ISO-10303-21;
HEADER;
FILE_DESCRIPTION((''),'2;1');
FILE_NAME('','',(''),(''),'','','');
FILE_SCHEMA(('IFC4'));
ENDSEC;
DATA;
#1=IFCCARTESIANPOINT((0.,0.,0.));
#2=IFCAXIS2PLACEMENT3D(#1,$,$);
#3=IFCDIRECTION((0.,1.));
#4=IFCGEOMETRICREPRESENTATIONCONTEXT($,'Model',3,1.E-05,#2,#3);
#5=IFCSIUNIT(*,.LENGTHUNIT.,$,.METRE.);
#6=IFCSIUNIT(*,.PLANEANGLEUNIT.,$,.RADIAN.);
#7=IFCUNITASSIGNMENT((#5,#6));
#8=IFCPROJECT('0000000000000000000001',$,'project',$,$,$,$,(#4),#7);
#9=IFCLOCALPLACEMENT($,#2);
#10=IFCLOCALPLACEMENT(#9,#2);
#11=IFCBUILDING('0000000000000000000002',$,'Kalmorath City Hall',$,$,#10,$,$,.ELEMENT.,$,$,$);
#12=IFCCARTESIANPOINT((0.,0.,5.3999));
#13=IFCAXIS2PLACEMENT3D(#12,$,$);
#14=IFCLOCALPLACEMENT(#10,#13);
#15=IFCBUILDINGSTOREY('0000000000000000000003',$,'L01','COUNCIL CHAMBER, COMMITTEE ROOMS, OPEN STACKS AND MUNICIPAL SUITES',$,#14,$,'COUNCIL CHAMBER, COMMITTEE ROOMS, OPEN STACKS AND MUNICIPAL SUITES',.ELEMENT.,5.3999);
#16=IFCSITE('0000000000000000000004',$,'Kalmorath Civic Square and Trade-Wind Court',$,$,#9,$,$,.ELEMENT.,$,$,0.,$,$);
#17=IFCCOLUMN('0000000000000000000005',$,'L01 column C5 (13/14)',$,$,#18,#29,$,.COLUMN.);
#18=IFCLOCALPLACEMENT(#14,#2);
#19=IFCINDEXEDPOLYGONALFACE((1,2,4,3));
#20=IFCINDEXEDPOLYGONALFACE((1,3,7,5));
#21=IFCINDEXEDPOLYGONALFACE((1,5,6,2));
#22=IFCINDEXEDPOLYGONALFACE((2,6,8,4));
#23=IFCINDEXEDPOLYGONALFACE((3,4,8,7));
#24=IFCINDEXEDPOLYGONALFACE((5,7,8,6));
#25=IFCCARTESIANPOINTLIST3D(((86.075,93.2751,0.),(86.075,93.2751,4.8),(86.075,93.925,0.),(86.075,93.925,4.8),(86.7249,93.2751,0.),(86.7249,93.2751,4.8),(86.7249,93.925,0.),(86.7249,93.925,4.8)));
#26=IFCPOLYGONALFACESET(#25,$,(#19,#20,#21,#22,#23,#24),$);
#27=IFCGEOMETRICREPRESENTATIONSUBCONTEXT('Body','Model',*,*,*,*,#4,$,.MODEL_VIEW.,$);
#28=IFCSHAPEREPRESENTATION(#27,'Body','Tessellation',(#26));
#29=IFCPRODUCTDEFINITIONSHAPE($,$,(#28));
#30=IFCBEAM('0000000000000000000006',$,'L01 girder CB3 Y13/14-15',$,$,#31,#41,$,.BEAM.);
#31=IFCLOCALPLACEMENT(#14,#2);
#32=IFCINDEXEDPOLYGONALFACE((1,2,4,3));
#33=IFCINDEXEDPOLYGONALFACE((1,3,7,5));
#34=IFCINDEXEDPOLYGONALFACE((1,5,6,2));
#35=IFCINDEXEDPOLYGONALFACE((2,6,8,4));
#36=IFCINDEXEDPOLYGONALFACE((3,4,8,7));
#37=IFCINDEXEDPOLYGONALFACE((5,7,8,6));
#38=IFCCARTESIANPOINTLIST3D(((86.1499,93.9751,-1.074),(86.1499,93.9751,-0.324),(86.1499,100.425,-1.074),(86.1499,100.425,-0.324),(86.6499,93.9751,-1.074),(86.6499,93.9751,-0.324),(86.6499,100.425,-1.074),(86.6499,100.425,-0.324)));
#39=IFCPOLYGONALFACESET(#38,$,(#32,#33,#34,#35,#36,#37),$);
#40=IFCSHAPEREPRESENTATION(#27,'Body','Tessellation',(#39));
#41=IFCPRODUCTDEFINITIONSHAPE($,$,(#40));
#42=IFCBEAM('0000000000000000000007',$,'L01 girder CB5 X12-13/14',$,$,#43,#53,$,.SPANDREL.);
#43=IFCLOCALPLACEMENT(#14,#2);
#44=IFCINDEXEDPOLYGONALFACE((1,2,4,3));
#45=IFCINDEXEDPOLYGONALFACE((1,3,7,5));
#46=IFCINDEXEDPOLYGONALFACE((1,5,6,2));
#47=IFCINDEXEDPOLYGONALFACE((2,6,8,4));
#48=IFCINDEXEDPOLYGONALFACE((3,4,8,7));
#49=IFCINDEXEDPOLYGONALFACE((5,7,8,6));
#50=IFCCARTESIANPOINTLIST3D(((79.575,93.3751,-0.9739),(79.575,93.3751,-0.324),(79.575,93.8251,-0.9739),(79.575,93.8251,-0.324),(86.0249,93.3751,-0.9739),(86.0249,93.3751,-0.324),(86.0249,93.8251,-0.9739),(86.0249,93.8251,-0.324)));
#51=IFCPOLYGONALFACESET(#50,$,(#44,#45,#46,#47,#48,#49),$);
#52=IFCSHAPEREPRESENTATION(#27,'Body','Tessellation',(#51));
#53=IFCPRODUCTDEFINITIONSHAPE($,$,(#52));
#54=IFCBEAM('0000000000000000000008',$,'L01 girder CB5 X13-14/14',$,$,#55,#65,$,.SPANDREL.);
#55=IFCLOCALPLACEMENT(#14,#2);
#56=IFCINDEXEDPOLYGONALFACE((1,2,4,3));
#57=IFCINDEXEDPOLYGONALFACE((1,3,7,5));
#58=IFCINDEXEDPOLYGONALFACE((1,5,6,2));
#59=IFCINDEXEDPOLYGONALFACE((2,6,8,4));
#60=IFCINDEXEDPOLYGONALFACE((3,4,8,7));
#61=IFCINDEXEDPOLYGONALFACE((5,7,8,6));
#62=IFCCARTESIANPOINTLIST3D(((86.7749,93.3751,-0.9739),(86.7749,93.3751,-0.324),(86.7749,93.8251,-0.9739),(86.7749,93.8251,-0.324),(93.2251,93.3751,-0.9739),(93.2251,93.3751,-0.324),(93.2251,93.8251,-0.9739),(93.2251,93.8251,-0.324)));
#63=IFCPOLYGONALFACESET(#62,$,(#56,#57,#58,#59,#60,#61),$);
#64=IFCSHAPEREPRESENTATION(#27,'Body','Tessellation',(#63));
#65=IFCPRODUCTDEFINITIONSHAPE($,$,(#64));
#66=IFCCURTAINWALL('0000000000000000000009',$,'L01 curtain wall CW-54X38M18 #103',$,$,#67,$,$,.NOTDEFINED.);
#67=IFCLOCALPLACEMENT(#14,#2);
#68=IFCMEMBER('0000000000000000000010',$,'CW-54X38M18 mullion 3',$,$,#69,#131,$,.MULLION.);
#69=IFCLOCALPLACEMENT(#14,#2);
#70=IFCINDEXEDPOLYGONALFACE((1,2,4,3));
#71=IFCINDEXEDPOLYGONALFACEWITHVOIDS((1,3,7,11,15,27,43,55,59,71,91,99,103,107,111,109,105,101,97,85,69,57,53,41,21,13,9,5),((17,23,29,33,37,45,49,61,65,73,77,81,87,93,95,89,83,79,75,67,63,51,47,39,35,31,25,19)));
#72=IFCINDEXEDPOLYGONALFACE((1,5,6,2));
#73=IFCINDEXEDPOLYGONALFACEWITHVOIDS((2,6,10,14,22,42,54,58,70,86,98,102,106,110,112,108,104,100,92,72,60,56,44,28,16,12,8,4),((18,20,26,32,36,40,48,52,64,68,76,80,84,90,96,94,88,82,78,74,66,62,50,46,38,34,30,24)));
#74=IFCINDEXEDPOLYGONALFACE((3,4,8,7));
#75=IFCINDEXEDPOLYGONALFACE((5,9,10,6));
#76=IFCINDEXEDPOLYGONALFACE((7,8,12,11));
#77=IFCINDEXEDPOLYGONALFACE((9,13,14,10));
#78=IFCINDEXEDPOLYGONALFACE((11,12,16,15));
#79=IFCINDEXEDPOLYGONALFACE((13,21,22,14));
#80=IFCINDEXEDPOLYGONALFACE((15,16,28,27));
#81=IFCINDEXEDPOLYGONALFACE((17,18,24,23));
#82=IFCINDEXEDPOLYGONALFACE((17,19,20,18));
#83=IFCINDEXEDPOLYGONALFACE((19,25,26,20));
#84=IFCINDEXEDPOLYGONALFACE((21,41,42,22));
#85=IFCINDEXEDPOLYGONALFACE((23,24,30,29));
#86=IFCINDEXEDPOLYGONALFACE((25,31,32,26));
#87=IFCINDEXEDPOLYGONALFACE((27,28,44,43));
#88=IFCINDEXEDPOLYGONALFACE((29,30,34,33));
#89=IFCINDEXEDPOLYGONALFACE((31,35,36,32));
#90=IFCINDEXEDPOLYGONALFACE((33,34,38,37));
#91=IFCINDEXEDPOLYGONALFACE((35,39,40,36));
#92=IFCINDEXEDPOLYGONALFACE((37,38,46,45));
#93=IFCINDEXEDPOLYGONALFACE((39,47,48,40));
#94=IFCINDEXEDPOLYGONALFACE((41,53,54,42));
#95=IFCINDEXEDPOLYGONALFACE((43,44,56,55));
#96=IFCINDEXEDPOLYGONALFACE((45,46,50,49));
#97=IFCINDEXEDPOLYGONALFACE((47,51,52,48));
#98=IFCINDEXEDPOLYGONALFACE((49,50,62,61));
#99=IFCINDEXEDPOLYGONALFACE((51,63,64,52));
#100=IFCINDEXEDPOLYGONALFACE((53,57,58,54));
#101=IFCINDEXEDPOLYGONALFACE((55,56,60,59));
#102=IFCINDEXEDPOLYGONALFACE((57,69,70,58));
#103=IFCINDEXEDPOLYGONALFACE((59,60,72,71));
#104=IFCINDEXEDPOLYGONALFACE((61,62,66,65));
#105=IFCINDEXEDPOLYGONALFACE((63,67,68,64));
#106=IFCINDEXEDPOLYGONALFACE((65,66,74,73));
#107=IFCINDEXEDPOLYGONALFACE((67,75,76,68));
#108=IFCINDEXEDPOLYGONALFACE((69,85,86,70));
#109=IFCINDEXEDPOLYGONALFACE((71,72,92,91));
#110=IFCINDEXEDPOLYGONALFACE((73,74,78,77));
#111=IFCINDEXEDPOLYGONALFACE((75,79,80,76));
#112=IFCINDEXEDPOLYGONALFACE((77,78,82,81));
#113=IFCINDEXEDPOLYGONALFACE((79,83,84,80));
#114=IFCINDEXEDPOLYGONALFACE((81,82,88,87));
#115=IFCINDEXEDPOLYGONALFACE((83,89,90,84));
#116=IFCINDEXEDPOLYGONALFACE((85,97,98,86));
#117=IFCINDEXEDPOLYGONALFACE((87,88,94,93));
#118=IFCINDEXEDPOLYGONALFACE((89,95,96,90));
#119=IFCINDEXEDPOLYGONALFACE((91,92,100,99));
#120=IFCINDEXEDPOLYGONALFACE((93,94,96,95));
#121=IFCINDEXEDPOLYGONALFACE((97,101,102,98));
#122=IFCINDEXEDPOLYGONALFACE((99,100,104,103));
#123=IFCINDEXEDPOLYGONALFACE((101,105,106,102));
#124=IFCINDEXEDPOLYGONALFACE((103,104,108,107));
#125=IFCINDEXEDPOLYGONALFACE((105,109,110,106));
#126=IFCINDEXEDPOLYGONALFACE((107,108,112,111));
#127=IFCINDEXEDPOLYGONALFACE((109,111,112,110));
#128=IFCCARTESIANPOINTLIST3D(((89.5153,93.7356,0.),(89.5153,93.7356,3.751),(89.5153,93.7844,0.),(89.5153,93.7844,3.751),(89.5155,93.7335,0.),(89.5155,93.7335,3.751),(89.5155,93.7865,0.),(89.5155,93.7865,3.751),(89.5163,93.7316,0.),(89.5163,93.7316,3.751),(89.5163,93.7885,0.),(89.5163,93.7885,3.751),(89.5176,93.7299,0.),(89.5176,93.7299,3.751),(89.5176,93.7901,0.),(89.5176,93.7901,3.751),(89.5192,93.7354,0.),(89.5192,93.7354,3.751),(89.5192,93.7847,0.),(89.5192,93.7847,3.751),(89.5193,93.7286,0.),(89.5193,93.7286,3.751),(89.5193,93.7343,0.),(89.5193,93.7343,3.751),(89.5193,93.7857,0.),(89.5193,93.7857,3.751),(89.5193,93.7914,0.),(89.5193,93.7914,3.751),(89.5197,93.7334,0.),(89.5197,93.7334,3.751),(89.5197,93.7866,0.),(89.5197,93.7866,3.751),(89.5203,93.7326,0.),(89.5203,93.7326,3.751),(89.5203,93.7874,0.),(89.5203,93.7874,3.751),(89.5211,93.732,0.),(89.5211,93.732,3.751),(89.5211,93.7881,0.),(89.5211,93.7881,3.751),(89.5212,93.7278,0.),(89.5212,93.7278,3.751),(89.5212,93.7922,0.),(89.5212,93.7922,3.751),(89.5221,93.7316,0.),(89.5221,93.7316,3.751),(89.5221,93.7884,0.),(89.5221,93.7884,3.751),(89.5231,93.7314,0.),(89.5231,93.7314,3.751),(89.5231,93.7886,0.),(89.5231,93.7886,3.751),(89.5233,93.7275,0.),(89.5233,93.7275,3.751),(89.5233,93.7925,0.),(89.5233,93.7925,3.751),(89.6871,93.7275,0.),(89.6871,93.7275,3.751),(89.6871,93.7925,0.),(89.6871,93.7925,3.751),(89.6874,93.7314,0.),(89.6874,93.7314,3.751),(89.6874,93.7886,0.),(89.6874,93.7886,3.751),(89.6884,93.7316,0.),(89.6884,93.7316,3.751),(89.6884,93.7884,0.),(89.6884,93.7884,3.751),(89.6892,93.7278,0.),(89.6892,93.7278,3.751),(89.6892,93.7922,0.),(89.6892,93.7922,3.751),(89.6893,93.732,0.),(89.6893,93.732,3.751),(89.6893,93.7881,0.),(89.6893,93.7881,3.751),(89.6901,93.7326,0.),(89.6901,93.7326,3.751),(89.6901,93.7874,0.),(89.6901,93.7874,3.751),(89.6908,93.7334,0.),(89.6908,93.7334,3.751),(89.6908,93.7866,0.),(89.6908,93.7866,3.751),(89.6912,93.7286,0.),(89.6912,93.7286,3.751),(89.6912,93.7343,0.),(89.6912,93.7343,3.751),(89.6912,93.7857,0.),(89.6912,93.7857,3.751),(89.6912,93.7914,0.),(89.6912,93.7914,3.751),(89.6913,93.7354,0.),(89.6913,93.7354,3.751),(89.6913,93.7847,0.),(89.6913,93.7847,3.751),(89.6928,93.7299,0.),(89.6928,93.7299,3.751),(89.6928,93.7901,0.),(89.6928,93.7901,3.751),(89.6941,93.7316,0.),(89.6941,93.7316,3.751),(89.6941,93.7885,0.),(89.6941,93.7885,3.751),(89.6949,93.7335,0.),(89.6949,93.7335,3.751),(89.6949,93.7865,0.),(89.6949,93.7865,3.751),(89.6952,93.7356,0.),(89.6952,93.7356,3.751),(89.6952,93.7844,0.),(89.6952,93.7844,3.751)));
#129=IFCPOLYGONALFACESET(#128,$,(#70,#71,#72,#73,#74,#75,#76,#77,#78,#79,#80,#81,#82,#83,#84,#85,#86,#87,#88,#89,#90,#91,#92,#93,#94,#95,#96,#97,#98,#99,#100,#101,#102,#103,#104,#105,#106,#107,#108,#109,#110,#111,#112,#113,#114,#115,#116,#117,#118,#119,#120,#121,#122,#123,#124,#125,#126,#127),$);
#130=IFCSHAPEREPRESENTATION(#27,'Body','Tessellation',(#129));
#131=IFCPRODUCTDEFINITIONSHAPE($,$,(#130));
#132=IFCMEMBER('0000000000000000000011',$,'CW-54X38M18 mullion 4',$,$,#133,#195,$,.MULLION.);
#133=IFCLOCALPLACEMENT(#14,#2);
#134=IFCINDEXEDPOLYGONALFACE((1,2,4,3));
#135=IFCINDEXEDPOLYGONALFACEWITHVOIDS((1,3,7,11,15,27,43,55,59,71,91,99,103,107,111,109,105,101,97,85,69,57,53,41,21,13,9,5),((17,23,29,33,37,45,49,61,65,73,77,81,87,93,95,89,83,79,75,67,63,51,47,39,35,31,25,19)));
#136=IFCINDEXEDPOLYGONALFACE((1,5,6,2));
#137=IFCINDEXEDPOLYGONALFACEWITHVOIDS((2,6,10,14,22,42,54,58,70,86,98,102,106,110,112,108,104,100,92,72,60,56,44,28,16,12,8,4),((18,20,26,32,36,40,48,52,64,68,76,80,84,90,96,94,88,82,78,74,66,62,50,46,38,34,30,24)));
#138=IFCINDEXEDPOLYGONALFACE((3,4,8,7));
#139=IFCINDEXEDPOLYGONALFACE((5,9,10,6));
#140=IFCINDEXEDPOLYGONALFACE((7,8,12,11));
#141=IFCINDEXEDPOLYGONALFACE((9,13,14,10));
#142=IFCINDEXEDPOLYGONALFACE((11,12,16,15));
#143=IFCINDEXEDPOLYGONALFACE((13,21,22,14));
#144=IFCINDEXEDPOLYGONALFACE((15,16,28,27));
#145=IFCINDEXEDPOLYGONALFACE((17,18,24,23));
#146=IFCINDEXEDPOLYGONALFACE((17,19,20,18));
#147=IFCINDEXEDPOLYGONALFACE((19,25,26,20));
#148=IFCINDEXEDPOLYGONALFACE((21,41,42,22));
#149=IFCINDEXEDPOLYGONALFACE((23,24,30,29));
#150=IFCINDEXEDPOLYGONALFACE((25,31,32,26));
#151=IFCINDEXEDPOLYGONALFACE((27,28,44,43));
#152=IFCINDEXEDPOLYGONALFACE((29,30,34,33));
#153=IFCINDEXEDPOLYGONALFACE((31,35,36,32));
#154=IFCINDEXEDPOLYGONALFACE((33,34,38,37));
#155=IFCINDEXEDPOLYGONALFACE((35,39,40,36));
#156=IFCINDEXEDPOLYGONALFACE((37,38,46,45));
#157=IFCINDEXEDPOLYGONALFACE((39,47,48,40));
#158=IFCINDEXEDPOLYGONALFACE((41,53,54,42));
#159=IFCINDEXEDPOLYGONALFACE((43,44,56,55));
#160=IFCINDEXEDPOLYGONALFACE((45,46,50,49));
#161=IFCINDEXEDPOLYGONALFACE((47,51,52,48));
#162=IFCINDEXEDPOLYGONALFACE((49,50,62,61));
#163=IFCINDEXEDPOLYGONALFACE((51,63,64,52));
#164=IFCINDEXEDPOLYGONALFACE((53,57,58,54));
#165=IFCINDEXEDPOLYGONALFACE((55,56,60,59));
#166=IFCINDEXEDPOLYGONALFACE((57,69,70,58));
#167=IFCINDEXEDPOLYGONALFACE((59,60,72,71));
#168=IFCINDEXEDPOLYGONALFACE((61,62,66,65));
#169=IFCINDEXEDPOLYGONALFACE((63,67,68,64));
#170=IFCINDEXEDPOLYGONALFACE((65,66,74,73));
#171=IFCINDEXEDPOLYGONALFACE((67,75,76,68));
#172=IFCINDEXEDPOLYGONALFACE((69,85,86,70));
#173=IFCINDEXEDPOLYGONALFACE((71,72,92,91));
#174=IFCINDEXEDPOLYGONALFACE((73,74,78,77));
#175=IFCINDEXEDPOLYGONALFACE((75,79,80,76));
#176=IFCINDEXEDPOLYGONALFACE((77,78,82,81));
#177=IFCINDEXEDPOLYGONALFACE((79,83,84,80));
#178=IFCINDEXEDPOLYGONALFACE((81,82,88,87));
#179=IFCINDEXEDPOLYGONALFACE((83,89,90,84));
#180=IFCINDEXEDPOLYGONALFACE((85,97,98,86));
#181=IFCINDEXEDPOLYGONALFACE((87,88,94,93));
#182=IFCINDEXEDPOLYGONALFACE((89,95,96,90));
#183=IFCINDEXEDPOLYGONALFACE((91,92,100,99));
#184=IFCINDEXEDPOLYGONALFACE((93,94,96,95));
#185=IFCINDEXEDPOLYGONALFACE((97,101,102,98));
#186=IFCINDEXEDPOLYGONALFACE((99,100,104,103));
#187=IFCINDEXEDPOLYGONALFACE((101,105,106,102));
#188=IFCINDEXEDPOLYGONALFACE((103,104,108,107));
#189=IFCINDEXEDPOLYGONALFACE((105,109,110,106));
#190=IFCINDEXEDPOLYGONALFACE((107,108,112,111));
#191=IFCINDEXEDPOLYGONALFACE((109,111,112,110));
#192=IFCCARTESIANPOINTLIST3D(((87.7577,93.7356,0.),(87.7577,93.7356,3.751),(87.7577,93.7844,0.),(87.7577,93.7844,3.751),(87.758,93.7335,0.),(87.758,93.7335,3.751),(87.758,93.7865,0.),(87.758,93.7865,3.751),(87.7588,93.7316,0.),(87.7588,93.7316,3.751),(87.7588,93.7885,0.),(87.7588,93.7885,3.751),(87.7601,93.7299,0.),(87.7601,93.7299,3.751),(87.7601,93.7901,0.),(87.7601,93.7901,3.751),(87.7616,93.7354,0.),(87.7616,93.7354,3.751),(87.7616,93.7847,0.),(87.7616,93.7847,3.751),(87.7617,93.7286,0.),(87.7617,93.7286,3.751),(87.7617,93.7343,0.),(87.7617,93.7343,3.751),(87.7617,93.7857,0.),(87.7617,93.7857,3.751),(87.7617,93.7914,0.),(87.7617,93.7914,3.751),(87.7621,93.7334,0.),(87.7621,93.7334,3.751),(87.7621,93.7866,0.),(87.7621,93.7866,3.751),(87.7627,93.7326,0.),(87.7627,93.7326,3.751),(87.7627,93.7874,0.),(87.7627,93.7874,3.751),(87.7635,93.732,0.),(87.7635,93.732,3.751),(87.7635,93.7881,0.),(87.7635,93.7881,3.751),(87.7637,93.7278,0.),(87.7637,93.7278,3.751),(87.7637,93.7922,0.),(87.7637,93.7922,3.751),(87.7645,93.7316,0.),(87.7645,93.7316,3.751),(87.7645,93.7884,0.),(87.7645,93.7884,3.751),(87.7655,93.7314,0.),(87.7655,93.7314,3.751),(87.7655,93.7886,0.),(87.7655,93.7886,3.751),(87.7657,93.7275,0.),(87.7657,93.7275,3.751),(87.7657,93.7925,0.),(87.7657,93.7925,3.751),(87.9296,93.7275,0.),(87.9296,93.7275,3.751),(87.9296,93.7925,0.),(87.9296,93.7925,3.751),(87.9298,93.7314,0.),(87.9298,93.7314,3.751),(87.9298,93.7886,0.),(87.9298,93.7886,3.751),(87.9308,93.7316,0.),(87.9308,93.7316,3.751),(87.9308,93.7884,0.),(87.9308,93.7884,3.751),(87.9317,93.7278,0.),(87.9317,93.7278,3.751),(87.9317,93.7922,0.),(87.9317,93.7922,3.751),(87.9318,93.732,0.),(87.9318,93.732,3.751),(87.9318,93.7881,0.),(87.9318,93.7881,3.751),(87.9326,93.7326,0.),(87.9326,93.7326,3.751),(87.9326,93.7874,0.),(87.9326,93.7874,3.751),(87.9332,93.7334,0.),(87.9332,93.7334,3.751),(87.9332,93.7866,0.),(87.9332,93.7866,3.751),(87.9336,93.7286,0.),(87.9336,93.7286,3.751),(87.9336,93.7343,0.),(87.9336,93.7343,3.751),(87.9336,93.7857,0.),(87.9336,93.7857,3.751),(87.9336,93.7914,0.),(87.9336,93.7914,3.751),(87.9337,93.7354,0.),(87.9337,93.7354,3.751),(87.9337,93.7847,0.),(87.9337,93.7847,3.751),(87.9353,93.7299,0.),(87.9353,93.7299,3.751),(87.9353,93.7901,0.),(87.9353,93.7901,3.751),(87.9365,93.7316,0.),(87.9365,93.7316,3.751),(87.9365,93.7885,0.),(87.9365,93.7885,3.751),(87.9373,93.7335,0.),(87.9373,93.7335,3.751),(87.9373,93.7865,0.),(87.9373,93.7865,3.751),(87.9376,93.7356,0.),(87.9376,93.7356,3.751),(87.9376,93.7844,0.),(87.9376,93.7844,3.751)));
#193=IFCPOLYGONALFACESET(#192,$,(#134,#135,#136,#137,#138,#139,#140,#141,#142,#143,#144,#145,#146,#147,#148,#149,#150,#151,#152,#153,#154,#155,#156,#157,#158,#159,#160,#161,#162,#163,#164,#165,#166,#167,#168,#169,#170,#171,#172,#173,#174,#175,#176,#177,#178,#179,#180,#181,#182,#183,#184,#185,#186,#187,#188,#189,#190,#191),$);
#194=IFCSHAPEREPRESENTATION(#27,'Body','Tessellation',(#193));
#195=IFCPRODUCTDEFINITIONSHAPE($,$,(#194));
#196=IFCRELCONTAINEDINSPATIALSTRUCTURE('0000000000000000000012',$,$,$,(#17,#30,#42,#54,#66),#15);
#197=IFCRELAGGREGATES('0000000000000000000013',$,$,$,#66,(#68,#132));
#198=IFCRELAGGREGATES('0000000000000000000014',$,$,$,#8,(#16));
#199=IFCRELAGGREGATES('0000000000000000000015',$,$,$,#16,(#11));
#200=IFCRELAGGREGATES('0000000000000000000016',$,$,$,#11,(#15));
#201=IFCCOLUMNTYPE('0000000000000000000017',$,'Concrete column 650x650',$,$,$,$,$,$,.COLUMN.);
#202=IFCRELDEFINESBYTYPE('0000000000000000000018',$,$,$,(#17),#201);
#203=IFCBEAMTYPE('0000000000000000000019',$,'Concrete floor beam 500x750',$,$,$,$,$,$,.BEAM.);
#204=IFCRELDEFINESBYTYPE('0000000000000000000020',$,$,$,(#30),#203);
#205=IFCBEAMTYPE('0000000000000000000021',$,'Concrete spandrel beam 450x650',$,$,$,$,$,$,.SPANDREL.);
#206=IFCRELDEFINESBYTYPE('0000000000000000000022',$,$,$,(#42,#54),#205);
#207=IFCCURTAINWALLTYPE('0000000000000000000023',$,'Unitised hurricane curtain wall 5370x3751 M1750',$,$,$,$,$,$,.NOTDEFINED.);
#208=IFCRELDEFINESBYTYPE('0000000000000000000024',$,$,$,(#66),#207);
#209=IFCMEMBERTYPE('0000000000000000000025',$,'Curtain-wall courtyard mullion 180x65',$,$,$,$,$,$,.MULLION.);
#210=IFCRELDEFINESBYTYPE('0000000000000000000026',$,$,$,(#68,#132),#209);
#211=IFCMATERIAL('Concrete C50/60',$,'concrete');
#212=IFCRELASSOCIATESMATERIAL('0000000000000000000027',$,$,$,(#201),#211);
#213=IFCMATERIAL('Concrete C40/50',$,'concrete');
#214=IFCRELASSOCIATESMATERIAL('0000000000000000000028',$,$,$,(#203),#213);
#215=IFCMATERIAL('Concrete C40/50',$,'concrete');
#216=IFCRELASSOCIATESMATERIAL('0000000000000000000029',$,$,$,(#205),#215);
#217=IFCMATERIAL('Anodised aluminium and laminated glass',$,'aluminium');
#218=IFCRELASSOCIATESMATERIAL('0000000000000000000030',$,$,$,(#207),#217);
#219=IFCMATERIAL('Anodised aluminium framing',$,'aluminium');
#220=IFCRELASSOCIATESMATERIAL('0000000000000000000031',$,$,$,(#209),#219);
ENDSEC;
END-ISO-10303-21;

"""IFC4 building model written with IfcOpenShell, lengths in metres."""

from ifc_helpers import new_model, si_unit, direction, frame, origin, origin_2d, place, context, subcontext, project, spatial, rectangle, hollow_rectangle, extrude, material, material_profile, profile_set, type_object, element, aggregate, save


model = new_model("IFC4")

# Units and contexts
model_context = context("Model", 3, precision=1e-05, world=origin(), true_north=direction((0.0, 1.0)))
body_context = subcontext(model_context, "Body", "Model", "MODEL_VIEW")
ifc_project = project(units=[si_unit("LENGTHUNIT", "METRE"), si_unit("PLANEANGLEUNIT", "RADIAN")], contexts=[model_context])

# Site, building, storey
site_placement = place(None, origin())
site = spatial("IfcSite", under=ifc_project, at=site_placement, Name="Kalmorath Civic Square and Trade-Wind Court", CompositionType="ELEMENT", RefElevation=0.0)
building_placement = place(site_placement, origin())
building = spatial("IfcBuilding", under=site, at=building_placement, Name="Kalmorath City Hall", CompositionType="ELEMENT")
storey_placement = place(building_placement, frame((0.0, 0.0, 5.3999)))
storey = spatial("IfcBuildingStorey", under=building, at=storey_placement, Name="L01", Description="COUNCIL CHAMBER, COMMITTEE ROOMS, OPEN STACKS AND MUNICIPAL SUITES", LongName="COUNCIL CHAMBER, COMMITTEE ROOMS, OPEN STACKS AND MUNICIPAL SUITES", CompositionType="ELEMENT", Elevation=5.3999)

# Column
ifc_material_1 = material(Name="Concrete C50/60", Category="concrete")
ifc_material_profile_1 = material_profile(ifc_material_1, rectangle(XDim=0.6499, YDim=0.6499, at=origin_2d()), Name="RC-COL-650X650")
ifc_profile_set_1 = profile_set([ifc_material_profile_1], Name="Concrete C50/60")
column_type = type_object("IfcColumnType", Name="Concrete column 650x650", PredefinedType="COLUMN", material=ifc_profile_set_1)
column_placement = place(storey_placement, frame((86.3999, 93.6001, 0.0), z_axis=(0.0, 0.0, 1.0), x_axis=(1.0, 0.0, 0.0)))
element("IfcColumn", 1, at=column_placement, inside=storey, type_object=column_type, Name="L01 column C5 (13/14)", PredefinedType="COLUMN", context=body_context, shape_type="SweptSolid", body=[
    extrude(rectangle(XDim=0.6499, YDim=0.6499, at=origin_2d()), origin(), (0.0, 0.0, 1.0), 4.8),
])

# Beams
ifc_material_2 = material(Name="Concrete C40/50", Category="concrete")
ifc_material_profile_2 = material_profile(ifc_material_2, rectangle(XDim=0.5, YDim=0.75, at=origin_2d()), Name="RC-BM-500X750")
ifc_profile_set_2 = profile_set([ifc_material_profile_2], Name="Concrete C40/50")
beam_type_1 = type_object("IfcBeamType", Name="Concrete floor beam 500x750", PredefinedType="BEAM", material=ifc_profile_set_2)
beam_1_placement = place(storey_placement, frame((86.3999, 93.9751, -0.699), z_axis=(0.0, 1.0, 0.0), x_axis=(-1.0, 0.0, 0.0)))
element("IfcBeam", 2, at=beam_1_placement, inside=storey, type_object=beam_type_1, Name="L01 girder CB3 Y13/14-15", PredefinedType="BEAM", context=body_context, shape_type="SweptSolid", body=[
    extrude(rectangle(XDim=0.5, YDim=0.75, at=origin_2d()), origin(), (0.0, 0.0, 1.0), 6.45),
])
ifc_material_3 = material(Name="Concrete C40/50", Category="concrete")
ifc_material_profile_3 = material_profile(ifc_material_3, rectangle(XDim=0.45, YDim=0.6499, at=origin_2d()), Name="RC-BM-450X650")
ifc_profile_set_3 = profile_set([ifc_material_profile_3], Name="Concrete C40/50")
beam_type_2 = type_object("IfcBeamType", Name="Concrete spandrel beam 450x650", PredefinedType="SPANDREL", material=ifc_profile_set_3)
beam_2_placement = place(storey_placement, frame((79.575, 93.6001, -0.6489), z_axis=(1.0, 0.0, 0.0), x_axis=(0.0, 1.0, 0.0)))
element("IfcBeam", 3, at=beam_2_placement, inside=storey, type_object=beam_type_2, Name="L01 girder CB5 X12-13/14", PredefinedType="SPANDREL", context=body_context, shape_type="SweptSolid", body=[
    extrude(rectangle(XDim=0.45, YDim=0.6499, at=origin_2d()), origin(), (0.0, 0.0, 1.0), 6.45),
])
beam_3_placement = place(storey_placement, frame((86.7749, 93.6001, -0.6489), z_axis=(1.0, 0.0, 0.0), x_axis=(0.0, 1.0, 0.0)))
element("IfcBeam", 4, at=beam_3_placement, inside=storey, type_object=beam_type_2, Name="L01 girder CB5 X13-14/14", PredefinedType="SPANDREL", context=body_context, shape_type="SweptSolid", body=[
    extrude(rectangle(XDim=0.45, YDim=0.6499, at=origin_2d()), origin(), (0.0, 0.0, 1.0), 6.4502),
])

# Curtain wall, members
ifc_material_4 = material(Name="Anodised aluminium and laminated glass", Category="aluminium")
curtain_wall_type = type_object("IfcCurtainWallType", Name="Unitised hurricane curtain wall 5370x3751 M1750", PredefinedType="NOTDEFINED", material=ifc_material_4)
curtain_wall_placement = place(storey_placement, origin())
curtain_wall = element("IfcCurtainWall", 5, at=curtain_wall_placement, inside=storey, type_object=curtain_wall_type, Name="L01 curtain wall CW-54X38M18 #103", PredefinedType="NOTDEFINED")
ifc_material_5 = material(Name="Anodised aluminium framing", Category="aluminium")
ifc_material_profile_4 = material_profile(ifc_material_5, hollow_rectangle(XDim=0.0649, YDim=0.1799, WallThickness=0.0039, InnerFilletRadius=0.0039, OuterFilletRadius=0.0081, at=origin_2d()), Name="ALU-MUL-180X65X4")
ifc_profile_set_4 = profile_set([ifc_material_profile_4], Name="Anodised aluminium framing")
member_type_1 = type_object("IfcMemberType", Name="Curtain-wall courtyard mullion 180x65", PredefinedType="MULLION", material=ifc_profile_set_4)
member_1_placement = place(storey_placement, frame((89.6052, 93.76, 0.0), z_axis=(0.0, 0.0, 1.0), x_axis=(0.0, -1.0, 0.0)))
member_1 = element("IfcMember", 6, at=member_1_placement, type_object=member_type_1, Name="CW-54X38M18 mullion 3", PredefinedType="MULLION", context=body_context, shape_type="SweptSolid", body=[
    extrude(hollow_rectangle(XDim=0.0649, YDim=0.1799, WallThickness=0.0039, InnerFilletRadius=0.0039, OuterFilletRadius=0.0081, at=origin_2d()), origin(), (0.0, 0.0, 1.0), 3.751),
])
member_2_placement = place(storey_placement, frame((87.8477, 93.76, 0.0), z_axis=(0.0, 0.0, 1.0), x_axis=(0.0, -1.0, 0.0)))
member_2 = element("IfcMember", 7, at=member_2_placement, type_object=member_type_1, Name="CW-54X38M18 mullion 4", PredefinedType="MULLION", context=body_context, shape_type="SweptSolid", body=[
    extrude(hollow_rectangle(XDim=0.0649, YDim=0.1799, WallThickness=0.0039, InnerFilletRadius=0.0039, OuterFilletRadius=0.0081, at=origin_2d()), origin(), (0.0, 0.0, 1.0), 3.751),
])

aggregate(curtain_wall, [member_1, member_2])

save(model, "model.ifc")
